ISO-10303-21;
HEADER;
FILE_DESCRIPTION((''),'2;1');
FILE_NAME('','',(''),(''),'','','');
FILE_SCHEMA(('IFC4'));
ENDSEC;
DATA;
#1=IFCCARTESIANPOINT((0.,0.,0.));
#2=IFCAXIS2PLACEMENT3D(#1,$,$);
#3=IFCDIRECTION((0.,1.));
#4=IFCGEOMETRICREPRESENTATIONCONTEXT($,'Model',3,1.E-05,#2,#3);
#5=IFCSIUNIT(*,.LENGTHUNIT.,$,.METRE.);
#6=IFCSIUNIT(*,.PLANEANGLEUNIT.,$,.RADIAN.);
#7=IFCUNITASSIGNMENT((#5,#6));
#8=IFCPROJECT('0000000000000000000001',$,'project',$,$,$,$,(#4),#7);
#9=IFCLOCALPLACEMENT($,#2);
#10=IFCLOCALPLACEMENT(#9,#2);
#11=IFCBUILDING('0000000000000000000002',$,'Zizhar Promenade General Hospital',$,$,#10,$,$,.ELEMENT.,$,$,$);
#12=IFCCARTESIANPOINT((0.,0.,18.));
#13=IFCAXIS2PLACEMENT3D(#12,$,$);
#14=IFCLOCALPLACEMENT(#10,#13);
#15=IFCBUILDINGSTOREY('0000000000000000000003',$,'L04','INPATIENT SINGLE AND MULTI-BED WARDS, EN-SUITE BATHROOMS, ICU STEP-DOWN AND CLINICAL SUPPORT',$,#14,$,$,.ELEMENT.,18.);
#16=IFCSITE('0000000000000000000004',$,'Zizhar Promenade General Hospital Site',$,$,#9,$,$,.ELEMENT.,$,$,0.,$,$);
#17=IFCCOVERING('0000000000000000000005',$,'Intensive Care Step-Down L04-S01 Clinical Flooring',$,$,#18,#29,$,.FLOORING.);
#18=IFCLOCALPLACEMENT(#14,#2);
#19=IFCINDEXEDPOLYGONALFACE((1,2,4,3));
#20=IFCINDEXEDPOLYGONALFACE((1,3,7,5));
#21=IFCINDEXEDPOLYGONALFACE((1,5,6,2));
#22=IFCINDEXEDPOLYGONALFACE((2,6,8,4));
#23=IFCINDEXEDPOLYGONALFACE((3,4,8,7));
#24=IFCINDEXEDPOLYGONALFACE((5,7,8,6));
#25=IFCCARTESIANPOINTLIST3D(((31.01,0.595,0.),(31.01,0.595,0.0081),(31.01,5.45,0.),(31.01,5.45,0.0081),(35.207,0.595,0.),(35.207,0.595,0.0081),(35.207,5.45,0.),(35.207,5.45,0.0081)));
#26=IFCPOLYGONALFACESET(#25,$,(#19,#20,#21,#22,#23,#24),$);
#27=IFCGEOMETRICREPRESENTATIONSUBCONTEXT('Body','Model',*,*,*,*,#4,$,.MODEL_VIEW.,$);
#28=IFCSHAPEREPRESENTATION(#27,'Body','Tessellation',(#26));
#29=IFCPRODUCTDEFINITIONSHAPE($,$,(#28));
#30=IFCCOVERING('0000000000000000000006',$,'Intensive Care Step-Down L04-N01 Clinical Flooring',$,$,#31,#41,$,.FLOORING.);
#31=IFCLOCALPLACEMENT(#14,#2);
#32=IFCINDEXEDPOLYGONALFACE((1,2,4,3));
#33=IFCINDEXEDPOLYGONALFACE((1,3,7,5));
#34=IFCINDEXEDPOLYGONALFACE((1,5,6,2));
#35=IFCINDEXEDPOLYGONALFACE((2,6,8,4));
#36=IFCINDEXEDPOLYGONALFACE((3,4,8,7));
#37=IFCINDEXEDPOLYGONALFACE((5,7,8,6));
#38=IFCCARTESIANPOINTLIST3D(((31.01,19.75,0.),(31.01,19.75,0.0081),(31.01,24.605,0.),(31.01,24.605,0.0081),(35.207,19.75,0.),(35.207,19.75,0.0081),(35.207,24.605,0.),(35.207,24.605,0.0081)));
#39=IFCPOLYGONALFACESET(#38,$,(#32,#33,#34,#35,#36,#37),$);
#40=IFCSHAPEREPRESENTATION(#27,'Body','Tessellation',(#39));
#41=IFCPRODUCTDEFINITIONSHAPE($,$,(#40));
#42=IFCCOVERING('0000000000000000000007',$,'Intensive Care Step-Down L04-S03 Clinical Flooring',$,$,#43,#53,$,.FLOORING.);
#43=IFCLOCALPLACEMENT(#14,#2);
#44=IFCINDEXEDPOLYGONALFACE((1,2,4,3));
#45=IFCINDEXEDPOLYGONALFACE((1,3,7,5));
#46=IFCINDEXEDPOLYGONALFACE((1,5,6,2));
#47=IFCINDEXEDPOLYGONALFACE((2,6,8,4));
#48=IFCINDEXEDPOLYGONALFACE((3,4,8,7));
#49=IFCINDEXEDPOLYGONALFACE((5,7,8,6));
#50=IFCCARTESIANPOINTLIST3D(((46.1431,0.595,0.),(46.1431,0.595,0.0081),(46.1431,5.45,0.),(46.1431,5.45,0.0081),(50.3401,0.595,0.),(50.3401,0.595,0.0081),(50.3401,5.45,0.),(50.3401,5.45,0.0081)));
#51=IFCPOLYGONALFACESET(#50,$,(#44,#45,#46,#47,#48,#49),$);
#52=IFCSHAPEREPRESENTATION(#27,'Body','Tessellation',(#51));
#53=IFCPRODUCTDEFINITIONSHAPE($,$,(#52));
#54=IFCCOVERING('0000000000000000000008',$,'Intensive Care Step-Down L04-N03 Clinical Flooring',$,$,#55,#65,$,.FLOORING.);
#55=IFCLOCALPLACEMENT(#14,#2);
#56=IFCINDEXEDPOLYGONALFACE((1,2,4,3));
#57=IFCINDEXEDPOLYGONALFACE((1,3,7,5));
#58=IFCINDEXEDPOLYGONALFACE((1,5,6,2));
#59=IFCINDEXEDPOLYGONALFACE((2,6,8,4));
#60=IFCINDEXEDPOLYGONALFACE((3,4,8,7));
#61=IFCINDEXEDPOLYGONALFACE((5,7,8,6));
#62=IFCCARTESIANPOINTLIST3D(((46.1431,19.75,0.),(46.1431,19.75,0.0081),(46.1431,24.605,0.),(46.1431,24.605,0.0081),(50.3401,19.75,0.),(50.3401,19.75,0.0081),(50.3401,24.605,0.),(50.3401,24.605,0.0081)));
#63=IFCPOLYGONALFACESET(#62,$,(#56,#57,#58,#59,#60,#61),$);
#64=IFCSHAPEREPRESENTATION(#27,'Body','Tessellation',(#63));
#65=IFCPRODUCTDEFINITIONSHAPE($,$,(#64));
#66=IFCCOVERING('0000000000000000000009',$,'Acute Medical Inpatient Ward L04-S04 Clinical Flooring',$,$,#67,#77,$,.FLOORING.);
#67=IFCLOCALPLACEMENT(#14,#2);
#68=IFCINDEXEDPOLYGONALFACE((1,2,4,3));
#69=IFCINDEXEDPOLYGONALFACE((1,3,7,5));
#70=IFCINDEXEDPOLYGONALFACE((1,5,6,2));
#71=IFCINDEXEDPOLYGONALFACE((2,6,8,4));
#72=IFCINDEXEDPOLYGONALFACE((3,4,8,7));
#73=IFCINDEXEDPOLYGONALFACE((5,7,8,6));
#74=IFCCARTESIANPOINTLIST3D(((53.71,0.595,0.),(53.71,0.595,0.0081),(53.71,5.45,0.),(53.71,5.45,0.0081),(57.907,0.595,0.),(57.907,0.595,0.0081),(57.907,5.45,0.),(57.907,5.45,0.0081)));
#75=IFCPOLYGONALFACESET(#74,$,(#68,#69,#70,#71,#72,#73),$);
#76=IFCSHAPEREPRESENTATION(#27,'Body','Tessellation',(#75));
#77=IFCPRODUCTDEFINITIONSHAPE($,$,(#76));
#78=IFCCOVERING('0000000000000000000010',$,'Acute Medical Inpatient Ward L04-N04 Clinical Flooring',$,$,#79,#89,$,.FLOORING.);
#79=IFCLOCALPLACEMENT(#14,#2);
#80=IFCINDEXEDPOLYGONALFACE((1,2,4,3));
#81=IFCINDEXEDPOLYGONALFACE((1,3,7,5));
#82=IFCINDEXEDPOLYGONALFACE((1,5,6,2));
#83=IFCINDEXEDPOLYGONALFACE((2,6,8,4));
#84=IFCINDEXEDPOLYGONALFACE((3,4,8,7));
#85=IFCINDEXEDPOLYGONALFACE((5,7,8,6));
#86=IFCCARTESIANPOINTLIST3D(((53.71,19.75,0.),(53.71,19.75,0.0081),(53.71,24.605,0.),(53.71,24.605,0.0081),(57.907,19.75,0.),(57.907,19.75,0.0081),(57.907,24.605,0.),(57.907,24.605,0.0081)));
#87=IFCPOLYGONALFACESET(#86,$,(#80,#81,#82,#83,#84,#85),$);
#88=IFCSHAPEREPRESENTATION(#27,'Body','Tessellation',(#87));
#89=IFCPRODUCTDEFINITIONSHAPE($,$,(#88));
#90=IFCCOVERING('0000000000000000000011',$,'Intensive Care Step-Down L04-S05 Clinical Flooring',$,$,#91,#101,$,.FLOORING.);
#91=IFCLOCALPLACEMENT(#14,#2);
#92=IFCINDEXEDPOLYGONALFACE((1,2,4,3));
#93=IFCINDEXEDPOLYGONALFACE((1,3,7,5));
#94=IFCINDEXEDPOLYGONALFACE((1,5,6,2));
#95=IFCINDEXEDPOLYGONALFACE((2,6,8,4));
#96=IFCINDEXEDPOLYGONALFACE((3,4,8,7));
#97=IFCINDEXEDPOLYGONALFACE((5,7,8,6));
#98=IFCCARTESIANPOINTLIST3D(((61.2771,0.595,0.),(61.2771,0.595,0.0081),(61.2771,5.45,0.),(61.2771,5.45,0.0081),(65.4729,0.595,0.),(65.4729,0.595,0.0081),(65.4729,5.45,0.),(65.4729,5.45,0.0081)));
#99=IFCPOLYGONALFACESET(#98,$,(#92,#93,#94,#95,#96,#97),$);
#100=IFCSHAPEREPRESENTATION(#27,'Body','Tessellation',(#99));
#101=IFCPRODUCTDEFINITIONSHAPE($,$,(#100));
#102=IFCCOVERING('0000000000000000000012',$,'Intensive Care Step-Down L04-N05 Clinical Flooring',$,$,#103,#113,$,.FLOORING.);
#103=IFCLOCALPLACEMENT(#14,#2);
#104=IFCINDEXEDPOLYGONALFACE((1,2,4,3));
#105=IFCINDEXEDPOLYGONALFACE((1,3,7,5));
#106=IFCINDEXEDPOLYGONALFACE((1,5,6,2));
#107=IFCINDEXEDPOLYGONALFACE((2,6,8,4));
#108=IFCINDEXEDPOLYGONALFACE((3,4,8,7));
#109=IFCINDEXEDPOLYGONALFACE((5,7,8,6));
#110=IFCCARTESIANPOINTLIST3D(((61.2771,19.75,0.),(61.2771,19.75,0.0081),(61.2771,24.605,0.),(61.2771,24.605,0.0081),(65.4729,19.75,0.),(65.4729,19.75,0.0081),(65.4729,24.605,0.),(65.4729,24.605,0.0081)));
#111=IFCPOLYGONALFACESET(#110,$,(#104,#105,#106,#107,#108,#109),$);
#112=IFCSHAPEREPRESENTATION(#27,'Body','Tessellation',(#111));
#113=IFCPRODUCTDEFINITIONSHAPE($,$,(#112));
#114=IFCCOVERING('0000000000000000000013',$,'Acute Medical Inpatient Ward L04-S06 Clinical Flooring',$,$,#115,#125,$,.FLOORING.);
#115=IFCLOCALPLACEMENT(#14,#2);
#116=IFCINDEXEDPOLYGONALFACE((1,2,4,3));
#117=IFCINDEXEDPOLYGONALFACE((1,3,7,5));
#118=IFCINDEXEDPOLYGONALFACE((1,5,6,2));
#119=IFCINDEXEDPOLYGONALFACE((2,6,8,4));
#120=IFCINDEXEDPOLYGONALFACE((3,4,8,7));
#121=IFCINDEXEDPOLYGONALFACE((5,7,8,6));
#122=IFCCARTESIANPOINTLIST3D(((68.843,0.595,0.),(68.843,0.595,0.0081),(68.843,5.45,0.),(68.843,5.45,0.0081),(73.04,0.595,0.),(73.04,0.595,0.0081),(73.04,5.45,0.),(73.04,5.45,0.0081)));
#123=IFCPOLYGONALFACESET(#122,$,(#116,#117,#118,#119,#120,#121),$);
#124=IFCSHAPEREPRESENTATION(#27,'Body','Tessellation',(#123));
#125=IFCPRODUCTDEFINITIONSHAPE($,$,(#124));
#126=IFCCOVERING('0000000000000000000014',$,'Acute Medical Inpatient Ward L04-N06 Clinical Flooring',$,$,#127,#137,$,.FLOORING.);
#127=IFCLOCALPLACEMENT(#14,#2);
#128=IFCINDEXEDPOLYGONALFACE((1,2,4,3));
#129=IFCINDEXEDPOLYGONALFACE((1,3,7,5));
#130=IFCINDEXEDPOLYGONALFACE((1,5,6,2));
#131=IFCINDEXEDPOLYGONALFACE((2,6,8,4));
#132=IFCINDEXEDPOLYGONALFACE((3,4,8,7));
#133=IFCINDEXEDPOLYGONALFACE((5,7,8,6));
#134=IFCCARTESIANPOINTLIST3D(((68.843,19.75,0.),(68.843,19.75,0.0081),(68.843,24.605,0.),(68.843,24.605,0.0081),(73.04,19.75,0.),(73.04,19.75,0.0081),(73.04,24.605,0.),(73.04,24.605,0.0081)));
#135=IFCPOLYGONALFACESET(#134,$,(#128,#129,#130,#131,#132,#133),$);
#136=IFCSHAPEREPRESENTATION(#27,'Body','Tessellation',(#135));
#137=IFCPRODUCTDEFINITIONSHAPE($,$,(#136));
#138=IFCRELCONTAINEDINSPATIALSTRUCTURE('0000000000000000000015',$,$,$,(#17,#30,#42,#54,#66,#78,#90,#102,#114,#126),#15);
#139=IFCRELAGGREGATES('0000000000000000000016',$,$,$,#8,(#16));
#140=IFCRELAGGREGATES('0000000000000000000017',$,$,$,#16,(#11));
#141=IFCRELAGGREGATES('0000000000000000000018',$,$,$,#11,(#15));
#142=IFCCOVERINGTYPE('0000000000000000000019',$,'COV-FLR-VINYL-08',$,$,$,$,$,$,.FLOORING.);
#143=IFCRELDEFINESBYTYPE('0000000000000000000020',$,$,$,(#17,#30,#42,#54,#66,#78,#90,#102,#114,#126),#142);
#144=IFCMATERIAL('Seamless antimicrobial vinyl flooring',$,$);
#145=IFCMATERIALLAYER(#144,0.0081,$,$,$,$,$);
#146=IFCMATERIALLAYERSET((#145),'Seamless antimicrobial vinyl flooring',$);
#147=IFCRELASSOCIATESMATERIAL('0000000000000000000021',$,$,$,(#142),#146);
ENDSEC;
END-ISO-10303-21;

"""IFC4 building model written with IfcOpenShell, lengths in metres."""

from ifc_helpers import new_model, si_unit, direction, frame, origin, place, context, subcontext, project, spatial, polyline, outline, extrude, material, layer, layer_set, type_object, element, save


model = new_model("IFC4")

# Units and contexts
model_context = context("Model", 3, precision=1e-05, world=origin(), true_north=direction((0.0, 1.0)))
body_context = subcontext(model_context, "Body", "Model", "MODEL_VIEW")
ifc_project = project(units=[si_unit("LENGTHUNIT", "METRE"), si_unit("PLANEANGLEUNIT", "RADIAN")], contexts=[model_context])

# Site, building, storey
site_placement = place(None, origin())
site = spatial("IfcSite", under=ifc_project, at=site_placement, Name="Zizhar Promenade General Hospital Site", CompositionType="ELEMENT", RefElevation=0.0)
building_placement = place(site_placement, origin())
building = spatial("IfcBuilding", under=site, at=building_placement, Name="Zizhar Promenade General Hospital", CompositionType="ELEMENT")
storey_placement = place(building_placement, frame((0.0, 0.0, 18.0)))
storey = spatial("IfcBuildingStorey", under=building, at=storey_placement, Name="L04", Description="INPATIENT SINGLE AND MULTI-BED WARDS, EN-SUITE BATHROOMS, ICU STEP-DOWN AND CLINICAL SUPPORT", CompositionType="ELEMENT", Elevation=18.0)

# Coverings
ifc_material_1 = material(Name="Seamless antimicrobial vinyl flooring")
ifc_layer_1 = layer(ifc_material_1, 0.0081)
ifc_layer_set_1 = layer_set([ifc_layer_1], Name="Seamless antimicrobial vinyl flooring")
covering_type_1 = type_object("IfcCoveringType", Name="COV-FLR-VINYL-08", PredefinedType="FLOORING", material=ifc_layer_set_1)
covering_1_placement = place(storey_placement, origin())
element("IfcCovering", 1, at=covering_1_placement, inside=storey, type_object=covering_type_1, Name="Intensive Care Step-Down L04-S01 Clinical Flooring", PredefinedType="FLOORING", context=body_context, shape_type="SweptSolid", body=[
    extrude(outline(polyline([(31.01, 0.595), (35.207, 0.595), (35.207, 5.45), (31.01, 5.45), (31.01, 0.595)])), origin(), (0.0, 0.0, 1.0), 0.0081),
])
covering_2_placement = place(storey_placement, origin())
element("IfcCovering", 2, at=covering_2_placement, inside=storey, type_object=covering_type_1, Name="Intensive Care Step-Down L04-N01 Clinical Flooring", PredefinedType="FLOORING", context=body_context, shape_type="SweptSolid", body=[
    extrude(outline(polyline([(31.01, 19.75), (35.207, 19.75), (35.207, 24.605), (31.01, 24.605), (31.01, 19.75)])), origin(), (0.0, 0.0, 1.0), 0.0081),
])
covering_3_placement = place(storey_placement, origin())
element("IfcCovering", 3, at=covering_3_placement, inside=storey, type_object=covering_type_1, Name="Intensive Care Step-Down L04-S03 Clinical Flooring", PredefinedType="FLOORING", context=body_context, shape_type="SweptSolid", body=[
    extrude(outline(polyline([(46.1431, 0.595), (50.3401, 0.595), (50.3401, 5.45), (46.1431, 5.45), (46.1431, 0.595)])), origin(), (0.0, 0.0, 1.0), 0.0081),
])
covering_4_placement = place(storey_placement, origin())
element("IfcCovering", 4, at=covering_4_placement, inside=storey, type_object=covering_type_1, Name="Intensive Care Step-Down L04-N03 Clinical Flooring", PredefinedType="FLOORING", context=body_context, shape_type="SweptSolid", body=[
    extrude(outline(polyline([(46.1431, 19.75), (50.3401, 19.75), (50.3401, 24.605), (46.1431, 24.605), (46.1431, 19.75)])), origin(), (0.0, 0.0, 1.0), 0.0081),
])
covering_5_placement = place(storey_placement, origin())
element("IfcCovering", 5, at=covering_5_placement, inside=storey, type_object=covering_type_1, Name="Acute Medical Inpatient Ward L04-S04 Clinical Flooring", PredefinedType="FLOORING", context=body_context, shape_type="SweptSolid", body=[
    extrude(outline(polyline([(53.71, 0.595), (57.907, 0.595), (57.907, 5.45), (53.71, 5.45), (53.71, 0.595)])), origin(), (0.0, 0.0, 1.0), 0.0081),
])
covering_6_placement = place(storey_placement, origin())
element("IfcCovering", 6, at=covering_6_placement, inside=storey, type_object=covering_type_1, Name="Acute Medical Inpatient Ward L04-N04 Clinical Flooring", PredefinedType="FLOORING", context=body_context, shape_type="SweptSolid", body=[
    extrude(outline(polyline([(53.71, 19.75), (57.907, 19.75), (57.907, 24.605), (53.71, 24.605), (53.71, 19.75)])), origin(), (0.0, 0.0, 1.0), 0.0081),
])
covering_7_placement = place(storey_placement, origin())
element("IfcCovering", 7, at=covering_7_placement, inside=storey, type_object=covering_type_1, Name="Intensive Care Step-Down L04-S05 Clinical Flooring", PredefinedType="FLOORING", context=body_context, shape_type="SweptSolid", body=[
    extrude(outline(polyline([(61.2771, 0.595), (65.4729, 0.595), (65.4729, 5.45), (61.2771, 5.45), (61.2771, 0.595)])), origin(), (0.0, 0.0, 1.0), 0.0081),
])
covering_8_placement = place(storey_placement, origin())
element("IfcCovering", 8, at=covering_8_placement, inside=storey, type_object=covering_type_1, Name="Intensive Care Step-Down L04-N05 Clinical Flooring", PredefinedType="FLOORING", context=body_context, shape_type="SweptSolid", body=[
    extrude(outline(polyline([(61.2771, 19.75), (65.4729, 19.75), (65.4729, 24.605), (61.2771, 24.605), (61.2771, 19.75)])), origin(), (0.0, 0.0, 1.0), 0.0081),
])
covering_9_placement = place(storey_placement, origin())
element("IfcCovering", 9, at=covering_9_placement, inside=storey, type_object=covering_type_1, Name="Acute Medical Inpatient Ward L04-S06 Clinical Flooring", PredefinedType="FLOORING", context=body_context, shape_type="SweptSolid", body=[
    extrude(outline(polyline([(68.843, 0.595), (73.04, 0.595), (73.04, 5.45), (68.843, 5.45), (68.843, 0.595)])), origin(), (0.0, 0.0, 1.0), 0.0081),
])
covering_10_placement = place(storey_placement, origin())
element("IfcCovering", 10, at=covering_10_placement, inside=storey, type_object=covering_type_1, Name="Acute Medical Inpatient Ward L04-N06 Clinical Flooring", PredefinedType="FLOORING", context=body_context, shape_type="SweptSolid", body=[
    extrude(outline(polyline([(68.843, 19.75), (73.04, 19.75), (73.04, 24.605), (68.843, 24.605), (68.843, 19.75)])), origin(), (0.0, 0.0, 1.0), 0.0081),
])

save(model, "model.ifc")
